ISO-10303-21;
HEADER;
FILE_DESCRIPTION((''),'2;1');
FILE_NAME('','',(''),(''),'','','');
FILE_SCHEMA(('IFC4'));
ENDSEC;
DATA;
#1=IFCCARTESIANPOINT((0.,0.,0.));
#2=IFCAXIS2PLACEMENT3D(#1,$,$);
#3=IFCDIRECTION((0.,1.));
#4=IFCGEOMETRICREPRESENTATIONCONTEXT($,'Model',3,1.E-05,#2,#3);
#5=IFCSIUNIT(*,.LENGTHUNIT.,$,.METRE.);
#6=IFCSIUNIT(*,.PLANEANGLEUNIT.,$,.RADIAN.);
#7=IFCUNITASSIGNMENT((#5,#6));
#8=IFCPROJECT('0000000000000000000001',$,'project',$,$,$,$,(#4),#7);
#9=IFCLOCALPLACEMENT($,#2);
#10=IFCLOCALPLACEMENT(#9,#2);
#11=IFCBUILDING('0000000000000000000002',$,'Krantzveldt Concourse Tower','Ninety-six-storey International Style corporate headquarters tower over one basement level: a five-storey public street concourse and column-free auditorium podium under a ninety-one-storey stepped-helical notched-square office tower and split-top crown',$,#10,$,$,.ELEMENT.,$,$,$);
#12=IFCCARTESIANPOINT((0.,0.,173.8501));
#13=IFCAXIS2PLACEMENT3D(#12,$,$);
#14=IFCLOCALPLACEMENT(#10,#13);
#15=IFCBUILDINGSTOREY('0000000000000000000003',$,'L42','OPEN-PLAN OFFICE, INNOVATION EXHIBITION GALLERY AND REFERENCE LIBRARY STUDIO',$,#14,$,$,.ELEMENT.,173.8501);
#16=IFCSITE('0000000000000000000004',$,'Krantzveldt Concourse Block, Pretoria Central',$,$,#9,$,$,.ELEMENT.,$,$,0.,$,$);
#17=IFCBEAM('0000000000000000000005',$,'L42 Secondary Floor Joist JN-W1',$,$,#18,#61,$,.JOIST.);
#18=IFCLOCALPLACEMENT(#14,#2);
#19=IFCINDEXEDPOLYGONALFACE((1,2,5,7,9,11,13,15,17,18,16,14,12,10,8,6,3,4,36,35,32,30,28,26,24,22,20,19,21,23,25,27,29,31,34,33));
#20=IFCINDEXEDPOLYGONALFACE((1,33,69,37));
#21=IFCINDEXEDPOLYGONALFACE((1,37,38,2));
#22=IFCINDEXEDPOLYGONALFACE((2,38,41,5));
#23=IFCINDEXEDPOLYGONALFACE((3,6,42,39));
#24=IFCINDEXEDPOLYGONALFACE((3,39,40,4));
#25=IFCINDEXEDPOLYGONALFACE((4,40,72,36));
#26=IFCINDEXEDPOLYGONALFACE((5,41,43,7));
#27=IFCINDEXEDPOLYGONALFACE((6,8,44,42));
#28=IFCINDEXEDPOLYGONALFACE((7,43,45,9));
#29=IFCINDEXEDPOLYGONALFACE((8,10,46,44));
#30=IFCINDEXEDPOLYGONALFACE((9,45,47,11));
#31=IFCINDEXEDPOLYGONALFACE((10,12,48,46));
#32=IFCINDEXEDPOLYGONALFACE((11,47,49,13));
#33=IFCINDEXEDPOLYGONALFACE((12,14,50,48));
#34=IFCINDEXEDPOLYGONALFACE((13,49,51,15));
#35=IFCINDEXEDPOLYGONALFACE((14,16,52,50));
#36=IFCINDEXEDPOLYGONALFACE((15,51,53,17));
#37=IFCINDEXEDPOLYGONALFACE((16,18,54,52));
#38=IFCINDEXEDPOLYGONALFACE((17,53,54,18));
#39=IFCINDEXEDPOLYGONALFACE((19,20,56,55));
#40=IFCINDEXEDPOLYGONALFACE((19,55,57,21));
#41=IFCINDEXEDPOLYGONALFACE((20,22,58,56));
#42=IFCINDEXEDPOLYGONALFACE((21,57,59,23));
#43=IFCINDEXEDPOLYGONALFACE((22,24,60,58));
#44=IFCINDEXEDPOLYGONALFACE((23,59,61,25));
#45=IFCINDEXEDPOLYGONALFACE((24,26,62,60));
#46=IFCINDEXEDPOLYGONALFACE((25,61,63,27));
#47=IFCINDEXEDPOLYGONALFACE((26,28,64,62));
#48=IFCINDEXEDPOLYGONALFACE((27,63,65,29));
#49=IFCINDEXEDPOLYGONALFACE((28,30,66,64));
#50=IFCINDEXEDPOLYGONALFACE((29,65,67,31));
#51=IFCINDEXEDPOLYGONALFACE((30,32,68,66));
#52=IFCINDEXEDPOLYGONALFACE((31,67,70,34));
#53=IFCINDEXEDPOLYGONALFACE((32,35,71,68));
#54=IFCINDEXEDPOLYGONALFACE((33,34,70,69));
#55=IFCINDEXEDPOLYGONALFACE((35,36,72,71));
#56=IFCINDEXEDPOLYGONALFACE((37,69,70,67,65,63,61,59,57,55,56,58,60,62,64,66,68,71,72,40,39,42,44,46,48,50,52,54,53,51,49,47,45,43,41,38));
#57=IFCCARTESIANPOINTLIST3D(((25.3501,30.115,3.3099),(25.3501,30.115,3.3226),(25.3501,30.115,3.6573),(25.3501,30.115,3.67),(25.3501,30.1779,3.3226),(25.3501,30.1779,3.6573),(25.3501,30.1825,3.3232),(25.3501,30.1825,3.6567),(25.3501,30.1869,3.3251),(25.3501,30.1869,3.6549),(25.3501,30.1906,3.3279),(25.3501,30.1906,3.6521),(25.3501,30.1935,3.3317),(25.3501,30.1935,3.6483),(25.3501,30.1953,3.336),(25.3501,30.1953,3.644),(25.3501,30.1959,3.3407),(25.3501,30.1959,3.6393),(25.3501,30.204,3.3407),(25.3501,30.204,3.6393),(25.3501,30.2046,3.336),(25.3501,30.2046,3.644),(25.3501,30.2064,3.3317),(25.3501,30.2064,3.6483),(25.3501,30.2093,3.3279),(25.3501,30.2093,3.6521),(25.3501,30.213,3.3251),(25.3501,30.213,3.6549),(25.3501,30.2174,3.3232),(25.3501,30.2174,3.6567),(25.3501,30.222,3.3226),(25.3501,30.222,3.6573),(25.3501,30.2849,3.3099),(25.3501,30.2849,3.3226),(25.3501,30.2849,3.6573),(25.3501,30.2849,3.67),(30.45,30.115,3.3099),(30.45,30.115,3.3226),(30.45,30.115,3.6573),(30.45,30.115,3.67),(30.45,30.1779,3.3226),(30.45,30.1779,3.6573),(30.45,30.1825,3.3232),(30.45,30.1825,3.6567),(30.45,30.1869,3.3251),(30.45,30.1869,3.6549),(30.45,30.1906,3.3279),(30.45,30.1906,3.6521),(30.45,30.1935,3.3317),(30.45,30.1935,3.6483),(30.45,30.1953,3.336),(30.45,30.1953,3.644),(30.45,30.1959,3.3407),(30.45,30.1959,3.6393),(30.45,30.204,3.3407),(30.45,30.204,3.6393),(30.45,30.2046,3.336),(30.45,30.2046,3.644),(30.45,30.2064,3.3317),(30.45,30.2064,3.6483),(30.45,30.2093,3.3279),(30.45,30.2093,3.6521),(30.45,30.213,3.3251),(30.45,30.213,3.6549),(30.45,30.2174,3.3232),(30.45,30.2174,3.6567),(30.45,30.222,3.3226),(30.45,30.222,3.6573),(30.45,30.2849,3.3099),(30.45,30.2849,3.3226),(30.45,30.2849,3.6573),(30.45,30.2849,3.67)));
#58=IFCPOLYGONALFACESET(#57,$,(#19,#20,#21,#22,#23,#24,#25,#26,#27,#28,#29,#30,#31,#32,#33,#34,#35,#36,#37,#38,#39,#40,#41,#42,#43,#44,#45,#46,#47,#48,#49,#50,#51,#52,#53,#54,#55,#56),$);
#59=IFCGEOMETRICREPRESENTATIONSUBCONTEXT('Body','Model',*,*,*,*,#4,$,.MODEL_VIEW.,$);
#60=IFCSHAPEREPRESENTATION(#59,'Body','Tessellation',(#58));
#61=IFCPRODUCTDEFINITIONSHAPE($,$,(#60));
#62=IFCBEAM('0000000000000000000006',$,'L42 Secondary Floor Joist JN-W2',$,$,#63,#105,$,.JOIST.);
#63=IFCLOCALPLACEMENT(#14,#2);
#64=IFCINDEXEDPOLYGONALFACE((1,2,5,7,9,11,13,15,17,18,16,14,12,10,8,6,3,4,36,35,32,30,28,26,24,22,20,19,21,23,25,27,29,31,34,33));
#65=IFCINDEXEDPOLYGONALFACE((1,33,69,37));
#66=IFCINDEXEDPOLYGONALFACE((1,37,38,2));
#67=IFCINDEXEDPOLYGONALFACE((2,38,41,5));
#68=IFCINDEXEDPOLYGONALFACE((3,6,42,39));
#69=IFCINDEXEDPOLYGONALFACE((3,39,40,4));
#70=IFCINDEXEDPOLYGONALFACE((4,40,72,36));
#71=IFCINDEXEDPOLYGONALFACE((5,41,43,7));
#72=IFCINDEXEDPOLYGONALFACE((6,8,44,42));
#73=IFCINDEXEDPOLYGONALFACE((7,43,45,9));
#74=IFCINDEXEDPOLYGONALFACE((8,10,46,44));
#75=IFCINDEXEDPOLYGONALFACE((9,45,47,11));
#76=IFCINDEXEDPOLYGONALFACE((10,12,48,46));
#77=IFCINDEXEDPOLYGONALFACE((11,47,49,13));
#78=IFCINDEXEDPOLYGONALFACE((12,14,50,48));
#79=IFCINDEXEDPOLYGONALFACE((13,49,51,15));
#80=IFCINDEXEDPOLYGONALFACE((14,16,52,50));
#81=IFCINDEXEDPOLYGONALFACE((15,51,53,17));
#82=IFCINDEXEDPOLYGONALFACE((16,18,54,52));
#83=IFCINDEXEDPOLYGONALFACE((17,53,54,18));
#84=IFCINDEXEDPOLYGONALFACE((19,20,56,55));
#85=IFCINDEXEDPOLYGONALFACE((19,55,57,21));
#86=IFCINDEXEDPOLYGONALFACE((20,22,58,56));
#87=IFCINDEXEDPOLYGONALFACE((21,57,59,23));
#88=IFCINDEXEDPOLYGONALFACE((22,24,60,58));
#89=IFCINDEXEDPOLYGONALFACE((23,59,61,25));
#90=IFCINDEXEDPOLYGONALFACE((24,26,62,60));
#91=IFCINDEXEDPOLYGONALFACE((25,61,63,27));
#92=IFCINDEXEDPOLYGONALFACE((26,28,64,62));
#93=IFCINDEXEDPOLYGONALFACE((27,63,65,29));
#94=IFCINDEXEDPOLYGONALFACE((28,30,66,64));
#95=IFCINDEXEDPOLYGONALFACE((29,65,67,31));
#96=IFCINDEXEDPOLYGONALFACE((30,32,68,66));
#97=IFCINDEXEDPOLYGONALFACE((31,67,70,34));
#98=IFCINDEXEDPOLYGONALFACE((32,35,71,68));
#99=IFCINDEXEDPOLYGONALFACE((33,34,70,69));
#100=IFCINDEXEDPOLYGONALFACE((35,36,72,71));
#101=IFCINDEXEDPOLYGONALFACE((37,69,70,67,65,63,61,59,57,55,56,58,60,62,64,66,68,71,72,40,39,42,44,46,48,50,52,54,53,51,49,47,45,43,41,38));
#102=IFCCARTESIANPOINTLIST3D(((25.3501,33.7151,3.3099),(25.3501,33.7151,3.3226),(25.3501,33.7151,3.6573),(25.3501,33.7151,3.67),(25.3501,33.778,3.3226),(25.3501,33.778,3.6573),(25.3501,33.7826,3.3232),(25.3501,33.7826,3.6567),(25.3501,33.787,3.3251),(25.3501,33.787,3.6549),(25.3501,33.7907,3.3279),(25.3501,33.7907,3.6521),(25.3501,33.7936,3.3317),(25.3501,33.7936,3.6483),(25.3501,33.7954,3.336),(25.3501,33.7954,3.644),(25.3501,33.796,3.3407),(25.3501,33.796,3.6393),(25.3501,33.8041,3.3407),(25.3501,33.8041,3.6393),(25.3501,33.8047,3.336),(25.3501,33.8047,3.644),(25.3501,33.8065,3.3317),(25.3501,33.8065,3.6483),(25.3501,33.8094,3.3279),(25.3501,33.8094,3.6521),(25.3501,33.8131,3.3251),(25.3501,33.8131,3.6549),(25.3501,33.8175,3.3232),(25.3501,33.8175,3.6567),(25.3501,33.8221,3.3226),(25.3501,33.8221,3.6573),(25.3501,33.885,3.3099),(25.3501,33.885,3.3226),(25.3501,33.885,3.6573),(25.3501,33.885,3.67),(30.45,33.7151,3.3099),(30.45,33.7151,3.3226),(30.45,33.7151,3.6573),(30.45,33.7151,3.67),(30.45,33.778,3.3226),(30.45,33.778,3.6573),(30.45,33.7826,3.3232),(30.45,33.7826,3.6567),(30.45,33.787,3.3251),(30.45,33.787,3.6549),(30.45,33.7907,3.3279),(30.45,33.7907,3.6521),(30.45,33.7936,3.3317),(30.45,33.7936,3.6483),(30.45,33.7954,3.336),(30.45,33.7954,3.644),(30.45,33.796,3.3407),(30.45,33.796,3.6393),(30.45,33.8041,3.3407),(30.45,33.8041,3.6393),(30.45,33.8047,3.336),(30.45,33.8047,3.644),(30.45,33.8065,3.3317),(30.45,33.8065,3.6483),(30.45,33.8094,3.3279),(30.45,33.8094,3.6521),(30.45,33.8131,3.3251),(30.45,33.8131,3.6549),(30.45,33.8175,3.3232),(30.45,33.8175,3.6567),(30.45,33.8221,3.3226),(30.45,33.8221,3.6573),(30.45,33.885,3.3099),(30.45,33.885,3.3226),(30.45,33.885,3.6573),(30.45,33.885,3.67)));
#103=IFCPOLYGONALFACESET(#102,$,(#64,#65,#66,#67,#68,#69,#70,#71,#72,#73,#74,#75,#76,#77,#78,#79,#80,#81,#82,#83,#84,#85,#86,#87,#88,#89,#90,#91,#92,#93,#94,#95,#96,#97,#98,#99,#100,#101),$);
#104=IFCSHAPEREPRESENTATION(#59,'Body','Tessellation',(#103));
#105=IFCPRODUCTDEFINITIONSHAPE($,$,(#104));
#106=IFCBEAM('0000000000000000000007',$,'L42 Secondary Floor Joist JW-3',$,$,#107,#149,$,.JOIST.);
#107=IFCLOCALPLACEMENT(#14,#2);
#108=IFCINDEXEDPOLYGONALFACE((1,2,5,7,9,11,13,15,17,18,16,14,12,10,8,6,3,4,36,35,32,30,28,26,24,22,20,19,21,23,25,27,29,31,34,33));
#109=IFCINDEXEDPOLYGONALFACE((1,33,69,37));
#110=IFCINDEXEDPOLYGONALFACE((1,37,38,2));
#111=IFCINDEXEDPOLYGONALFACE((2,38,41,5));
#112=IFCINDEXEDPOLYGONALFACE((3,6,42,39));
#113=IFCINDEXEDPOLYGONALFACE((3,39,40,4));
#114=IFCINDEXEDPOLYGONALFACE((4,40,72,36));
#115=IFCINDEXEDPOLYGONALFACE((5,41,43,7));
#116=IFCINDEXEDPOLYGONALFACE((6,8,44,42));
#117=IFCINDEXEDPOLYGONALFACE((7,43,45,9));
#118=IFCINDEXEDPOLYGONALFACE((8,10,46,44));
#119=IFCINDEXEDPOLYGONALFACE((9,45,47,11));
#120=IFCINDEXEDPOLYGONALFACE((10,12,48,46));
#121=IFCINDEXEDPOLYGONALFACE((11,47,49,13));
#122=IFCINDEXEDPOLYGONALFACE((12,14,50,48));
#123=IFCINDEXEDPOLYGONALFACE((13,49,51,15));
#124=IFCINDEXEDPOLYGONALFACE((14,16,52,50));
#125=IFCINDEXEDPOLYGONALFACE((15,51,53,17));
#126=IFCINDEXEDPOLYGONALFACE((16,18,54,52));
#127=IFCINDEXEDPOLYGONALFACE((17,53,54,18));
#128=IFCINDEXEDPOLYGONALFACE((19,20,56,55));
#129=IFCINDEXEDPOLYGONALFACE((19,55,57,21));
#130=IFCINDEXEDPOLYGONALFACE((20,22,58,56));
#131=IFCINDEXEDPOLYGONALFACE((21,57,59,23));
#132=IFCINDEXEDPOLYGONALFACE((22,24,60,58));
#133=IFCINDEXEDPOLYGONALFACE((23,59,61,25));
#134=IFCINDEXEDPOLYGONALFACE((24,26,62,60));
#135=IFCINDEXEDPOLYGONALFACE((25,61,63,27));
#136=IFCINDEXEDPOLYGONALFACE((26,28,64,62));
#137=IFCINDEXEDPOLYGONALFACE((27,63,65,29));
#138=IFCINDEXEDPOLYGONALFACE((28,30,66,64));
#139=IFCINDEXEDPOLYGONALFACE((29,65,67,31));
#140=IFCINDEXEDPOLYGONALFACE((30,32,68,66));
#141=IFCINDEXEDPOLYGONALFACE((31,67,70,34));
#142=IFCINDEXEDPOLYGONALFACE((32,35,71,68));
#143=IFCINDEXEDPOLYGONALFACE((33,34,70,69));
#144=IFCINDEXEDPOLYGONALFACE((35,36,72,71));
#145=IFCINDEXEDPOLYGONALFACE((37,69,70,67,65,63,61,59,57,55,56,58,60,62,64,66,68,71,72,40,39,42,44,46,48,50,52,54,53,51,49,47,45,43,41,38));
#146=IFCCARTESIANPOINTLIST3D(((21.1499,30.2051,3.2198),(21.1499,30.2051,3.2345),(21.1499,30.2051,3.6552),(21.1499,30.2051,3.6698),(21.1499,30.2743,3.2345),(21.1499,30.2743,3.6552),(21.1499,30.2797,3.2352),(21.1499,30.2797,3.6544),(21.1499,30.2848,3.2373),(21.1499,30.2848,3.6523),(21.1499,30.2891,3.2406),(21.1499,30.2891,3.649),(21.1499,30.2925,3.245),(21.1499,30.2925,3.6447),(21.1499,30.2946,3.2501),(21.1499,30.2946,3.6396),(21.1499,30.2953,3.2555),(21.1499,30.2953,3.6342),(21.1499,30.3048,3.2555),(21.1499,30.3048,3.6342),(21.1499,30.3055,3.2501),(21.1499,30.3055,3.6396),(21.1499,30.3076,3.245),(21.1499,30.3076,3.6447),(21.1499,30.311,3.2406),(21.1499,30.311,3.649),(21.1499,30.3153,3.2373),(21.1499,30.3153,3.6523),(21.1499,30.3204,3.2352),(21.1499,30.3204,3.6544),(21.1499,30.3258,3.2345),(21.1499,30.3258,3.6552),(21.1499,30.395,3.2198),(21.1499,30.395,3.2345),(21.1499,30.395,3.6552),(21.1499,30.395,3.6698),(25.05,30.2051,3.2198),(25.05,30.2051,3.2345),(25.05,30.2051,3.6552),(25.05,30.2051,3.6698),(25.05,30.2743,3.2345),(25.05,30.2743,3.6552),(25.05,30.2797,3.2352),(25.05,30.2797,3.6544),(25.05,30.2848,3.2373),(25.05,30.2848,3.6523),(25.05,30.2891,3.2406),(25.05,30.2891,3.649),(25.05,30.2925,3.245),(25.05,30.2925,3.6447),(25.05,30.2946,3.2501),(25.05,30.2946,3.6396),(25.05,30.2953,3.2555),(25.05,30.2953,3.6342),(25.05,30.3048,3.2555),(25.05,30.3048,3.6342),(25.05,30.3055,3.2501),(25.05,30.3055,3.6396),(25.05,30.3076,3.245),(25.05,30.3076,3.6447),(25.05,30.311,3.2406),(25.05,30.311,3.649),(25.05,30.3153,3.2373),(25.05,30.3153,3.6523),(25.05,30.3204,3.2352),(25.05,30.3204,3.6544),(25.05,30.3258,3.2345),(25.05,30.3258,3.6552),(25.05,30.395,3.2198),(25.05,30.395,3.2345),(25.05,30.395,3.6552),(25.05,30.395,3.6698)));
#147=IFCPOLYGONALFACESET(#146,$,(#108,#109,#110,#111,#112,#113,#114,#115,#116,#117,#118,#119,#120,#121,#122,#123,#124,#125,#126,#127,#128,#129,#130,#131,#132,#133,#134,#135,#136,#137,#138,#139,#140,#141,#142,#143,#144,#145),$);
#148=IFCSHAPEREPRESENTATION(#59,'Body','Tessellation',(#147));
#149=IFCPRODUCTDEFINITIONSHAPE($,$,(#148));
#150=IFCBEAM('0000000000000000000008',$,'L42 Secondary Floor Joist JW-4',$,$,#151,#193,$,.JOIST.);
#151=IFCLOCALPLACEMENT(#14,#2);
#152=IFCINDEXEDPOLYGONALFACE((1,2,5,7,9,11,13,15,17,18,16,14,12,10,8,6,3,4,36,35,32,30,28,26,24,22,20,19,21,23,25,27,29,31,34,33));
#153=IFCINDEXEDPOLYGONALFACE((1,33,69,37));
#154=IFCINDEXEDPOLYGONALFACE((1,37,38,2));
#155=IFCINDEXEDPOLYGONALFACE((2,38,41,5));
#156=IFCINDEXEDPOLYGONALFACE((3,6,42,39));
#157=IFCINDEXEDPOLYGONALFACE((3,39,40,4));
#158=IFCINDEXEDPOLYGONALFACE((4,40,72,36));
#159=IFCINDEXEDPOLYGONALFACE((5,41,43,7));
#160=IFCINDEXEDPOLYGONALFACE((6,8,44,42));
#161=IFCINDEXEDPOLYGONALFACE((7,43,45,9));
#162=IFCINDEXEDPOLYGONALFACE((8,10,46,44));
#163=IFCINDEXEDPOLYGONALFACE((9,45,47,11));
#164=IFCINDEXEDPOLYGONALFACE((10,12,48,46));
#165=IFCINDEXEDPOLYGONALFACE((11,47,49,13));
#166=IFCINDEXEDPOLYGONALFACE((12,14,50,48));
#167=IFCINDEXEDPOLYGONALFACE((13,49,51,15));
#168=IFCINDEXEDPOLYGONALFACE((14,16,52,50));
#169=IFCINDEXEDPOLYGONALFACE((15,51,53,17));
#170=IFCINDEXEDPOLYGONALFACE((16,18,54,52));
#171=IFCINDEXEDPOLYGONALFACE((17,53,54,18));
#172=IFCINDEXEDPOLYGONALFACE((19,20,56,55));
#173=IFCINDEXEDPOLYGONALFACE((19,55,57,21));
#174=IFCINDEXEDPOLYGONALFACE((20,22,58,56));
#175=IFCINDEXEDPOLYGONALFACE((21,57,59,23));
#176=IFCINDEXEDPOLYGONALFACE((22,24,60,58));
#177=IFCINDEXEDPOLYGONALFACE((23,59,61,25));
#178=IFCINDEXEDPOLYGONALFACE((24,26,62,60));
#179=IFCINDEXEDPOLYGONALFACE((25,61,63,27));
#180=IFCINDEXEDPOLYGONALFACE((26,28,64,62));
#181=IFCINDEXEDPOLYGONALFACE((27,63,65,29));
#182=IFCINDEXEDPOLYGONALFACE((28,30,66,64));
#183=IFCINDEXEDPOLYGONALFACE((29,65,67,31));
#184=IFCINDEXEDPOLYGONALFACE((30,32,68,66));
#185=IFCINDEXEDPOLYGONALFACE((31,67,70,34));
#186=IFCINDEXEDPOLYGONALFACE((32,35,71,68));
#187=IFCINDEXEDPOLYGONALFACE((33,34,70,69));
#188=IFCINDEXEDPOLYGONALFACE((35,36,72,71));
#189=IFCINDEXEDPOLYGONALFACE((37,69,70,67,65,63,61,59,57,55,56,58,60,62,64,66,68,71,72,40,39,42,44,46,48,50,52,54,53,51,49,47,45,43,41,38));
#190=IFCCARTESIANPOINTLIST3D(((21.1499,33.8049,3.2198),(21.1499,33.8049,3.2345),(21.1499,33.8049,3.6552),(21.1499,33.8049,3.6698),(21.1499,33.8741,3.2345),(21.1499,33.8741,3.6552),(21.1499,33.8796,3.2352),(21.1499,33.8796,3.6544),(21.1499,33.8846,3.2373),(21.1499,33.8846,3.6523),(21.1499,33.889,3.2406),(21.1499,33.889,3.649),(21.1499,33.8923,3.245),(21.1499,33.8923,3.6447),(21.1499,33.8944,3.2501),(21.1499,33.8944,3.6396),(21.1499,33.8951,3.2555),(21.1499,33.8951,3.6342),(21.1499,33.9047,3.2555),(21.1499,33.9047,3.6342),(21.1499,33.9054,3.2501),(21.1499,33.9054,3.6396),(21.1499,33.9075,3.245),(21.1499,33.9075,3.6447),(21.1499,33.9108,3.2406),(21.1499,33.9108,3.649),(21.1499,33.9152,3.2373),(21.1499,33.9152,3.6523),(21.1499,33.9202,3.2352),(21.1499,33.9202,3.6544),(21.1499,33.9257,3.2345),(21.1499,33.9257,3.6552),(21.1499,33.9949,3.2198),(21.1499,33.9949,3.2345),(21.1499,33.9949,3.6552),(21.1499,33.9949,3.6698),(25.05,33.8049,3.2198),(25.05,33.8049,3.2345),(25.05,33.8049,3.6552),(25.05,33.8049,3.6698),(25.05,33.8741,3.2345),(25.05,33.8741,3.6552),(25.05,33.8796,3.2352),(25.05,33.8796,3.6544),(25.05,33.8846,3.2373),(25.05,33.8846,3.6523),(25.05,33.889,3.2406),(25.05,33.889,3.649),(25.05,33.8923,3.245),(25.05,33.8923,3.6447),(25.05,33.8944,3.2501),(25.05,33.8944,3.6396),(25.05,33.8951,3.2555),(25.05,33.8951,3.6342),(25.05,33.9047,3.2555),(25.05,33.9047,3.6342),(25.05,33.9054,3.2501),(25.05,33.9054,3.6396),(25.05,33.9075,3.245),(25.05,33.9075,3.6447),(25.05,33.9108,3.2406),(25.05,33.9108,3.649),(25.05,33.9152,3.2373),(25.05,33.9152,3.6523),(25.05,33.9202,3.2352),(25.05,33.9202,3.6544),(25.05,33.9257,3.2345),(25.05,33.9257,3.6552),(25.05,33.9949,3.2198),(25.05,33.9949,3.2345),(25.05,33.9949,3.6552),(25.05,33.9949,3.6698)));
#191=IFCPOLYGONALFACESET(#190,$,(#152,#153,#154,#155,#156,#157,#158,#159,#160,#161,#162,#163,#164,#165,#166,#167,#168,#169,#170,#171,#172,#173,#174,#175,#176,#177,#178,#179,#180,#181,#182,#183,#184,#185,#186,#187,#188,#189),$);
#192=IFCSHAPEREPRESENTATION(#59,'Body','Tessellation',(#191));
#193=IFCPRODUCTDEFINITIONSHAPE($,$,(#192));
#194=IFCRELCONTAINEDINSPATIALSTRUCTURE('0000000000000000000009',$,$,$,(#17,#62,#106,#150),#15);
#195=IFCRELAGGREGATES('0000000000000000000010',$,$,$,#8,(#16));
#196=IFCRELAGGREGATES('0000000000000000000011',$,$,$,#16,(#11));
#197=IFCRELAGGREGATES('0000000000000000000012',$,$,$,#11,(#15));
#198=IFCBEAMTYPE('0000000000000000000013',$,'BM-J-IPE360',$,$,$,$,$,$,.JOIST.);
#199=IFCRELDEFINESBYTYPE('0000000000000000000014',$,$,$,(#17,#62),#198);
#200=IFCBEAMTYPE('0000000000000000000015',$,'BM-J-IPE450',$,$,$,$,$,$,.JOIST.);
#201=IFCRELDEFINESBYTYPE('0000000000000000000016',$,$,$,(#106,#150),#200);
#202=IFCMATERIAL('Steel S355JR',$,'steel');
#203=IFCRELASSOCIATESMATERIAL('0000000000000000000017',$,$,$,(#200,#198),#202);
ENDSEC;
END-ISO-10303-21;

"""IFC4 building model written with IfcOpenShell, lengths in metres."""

from ifc_helpers import new_model, si_unit, direction, frame, origin, origin_2d, place, context, subcontext, project, spatial, i_section, extrude, source, transform, mapped, material, material_profile, profile_set, type_object, type_shapes, element, save


model = new_model("IFC4")

# Units and contexts
model_context = context("Model", 3, precision=1e-05, world=origin(), true_north=direction((0.0, 1.0)))
body_context = subcontext(model_context, "Body", "Model", "MODEL_VIEW")
ifc_project = project(units=[si_unit("LENGTHUNIT", "METRE"), si_unit("PLANEANGLEUNIT", "RADIAN")], contexts=[model_context])

# Site, building, storey
site_placement = place(None, origin())
site = spatial("IfcSite", under=ifc_project, at=site_placement, Name="Krantzveldt Concourse Block, Pretoria Central", CompositionType="ELEMENT", RefElevation=0.0)
building_placement = place(site_placement, origin())
building = spatial("IfcBuilding", under=site, at=building_placement, Name="Krantzveldt Concourse Tower", Description="Ninety-six-storey International Style corporate headquarters tower over one basement level: a five-storey public street concourse and column-free auditorium podium under a ninety-one-storey stepped-helical notched-square office tower and split-top crown", CompositionType="ELEMENT")
storey_placement = place(building_placement, frame((0.0, 0.0, 173.8501)))
storey = spatial("IfcBuildingStorey", under=building, at=storey_placement, Name="L42", Description="OPEN-PLAN OFFICE, INNOVATION EXHIBITION GALLERY AND REFERENCE LIBRARY STUDIO", CompositionType="ELEMENT", Elevation=173.8501)

# Beams
ifc_material_1 = material(Name="Steel S355JR", Category="steel")
ifc_material_profile_1 = material_profile(ifc_material_1, i_section(OverallWidth=0.1899, OverallDepth=0.45, WebThickness=0.0095, FlangeThickness=0.0146, FilletRadius=0.021, at=origin_2d()), Name="Steel S355JR", Category="steel")
ifc_profile_set_1 = profile_set([ifc_material_profile_1], Name="Steel S355JR - IPE 450")
beam_type_1 = type_object("IfcBeamType", Name="BM-J-IPE450", PredefinedType="JOIST", material=ifc_profile_set_1)
ifc_material_profile_2 = material_profile(ifc_material_1, i_section(OverallWidth=0.1699, OverallDepth=0.3601, WebThickness=0.0081, FlangeThickness=0.0127, FilletRadius=0.0181, at=origin_2d()), Name="Steel S355JR", Category="steel")
ifc_profile_set_2 = profile_set([ifc_material_profile_2], Name="Steel S355JR - IPE 360")
beam_type_2 = type_object("IfcBeamType", Name="BM-J-IPE360", PredefinedType="JOIST", material=ifc_profile_set_2)
shared_shape_1 = source(origin(), body_context, "Body", "SweptSolid", [
    extrude(i_section(OverallWidth=0.1699, OverallDepth=0.3601, WebThickness=0.0081, FlangeThickness=0.0127, FilletRadius=0.0181, at=origin_2d()), origin(), (0.0, 0.0, 1.0), 5.0999),
])
type_shapes(beam_type_2, [shared_shape_1])
for number, where, z_axis, x_axis, name in (
    (1, (25.3501, 30.2, 3.49), (1.0, 0.0, 0.0), (0.0, 1.0, 0.0), "L42 Secondary Floor Joist JN-W1"),
    (2, (25.3501, 33.8, 3.49), (1.0, 0.0, 0.0), (0.0, 1.0, 0.0), "L42 Secondary Floor Joist JN-W2"),
):
    element("IfcBeam", number, at=place(storey_placement, frame(where, z_axis=z_axis, x_axis=x_axis)), inside=storey, type_object=beam_type_2, Name=name, PredefinedType="JOIST", context=body_context, shape_type="MappedRepresentation", body=[
        mapped(shared_shape_1, transform((0.0, 0.0, 0.0), x_axis=(1.0, 0.0, 0.0), y_axis=(0.0, 1.0, 0.0), z_axis=(0.0, 0.0, 1.0), scale=1.0)),
    ])
shared_shape_2 = source(origin(), body_context, "Body", "SweptSolid", [
    extrude(i_section(OverallWidth=0.1899, OverallDepth=0.45, WebThickness=0.0095, FlangeThickness=0.0146, FilletRadius=0.021, at=origin_2d()), origin(), (0.0, 0.0, 1.0), 3.9001),
])
for number, where, z_axis, x_axis, name in (
    (3, (21.1499, 30.3, 3.4448), (1.0, 0.0, 0.0), (0.0, 1.0, 0.0), "L42 Secondary Floor Joist JW-3"),
    (4, (21.1499, 33.8999, 3.4448), (1.0, 0.0, 0.0), (0.0, 1.0, 0.0), "L42 Secondary Floor Joist JW-4"),
):
    element("IfcBeam", number, at=place(storey_placement, frame(where, z_axis=z_axis, x_axis=x_axis)), inside=storey, type_object=beam_type_1, Name=name, PredefinedType="JOIST", context=body_context, shape_type="MappedRepresentation", body=[
        mapped(shared_shape_2, transform((0.0, 0.0, 0.0), x_axis=(1.0, 0.0, 0.0), y_axis=(0.0, 1.0, 0.0), z_axis=(0.0, 0.0, 1.0), scale=1.0)),
    ])

save(model, "model.ifc")
